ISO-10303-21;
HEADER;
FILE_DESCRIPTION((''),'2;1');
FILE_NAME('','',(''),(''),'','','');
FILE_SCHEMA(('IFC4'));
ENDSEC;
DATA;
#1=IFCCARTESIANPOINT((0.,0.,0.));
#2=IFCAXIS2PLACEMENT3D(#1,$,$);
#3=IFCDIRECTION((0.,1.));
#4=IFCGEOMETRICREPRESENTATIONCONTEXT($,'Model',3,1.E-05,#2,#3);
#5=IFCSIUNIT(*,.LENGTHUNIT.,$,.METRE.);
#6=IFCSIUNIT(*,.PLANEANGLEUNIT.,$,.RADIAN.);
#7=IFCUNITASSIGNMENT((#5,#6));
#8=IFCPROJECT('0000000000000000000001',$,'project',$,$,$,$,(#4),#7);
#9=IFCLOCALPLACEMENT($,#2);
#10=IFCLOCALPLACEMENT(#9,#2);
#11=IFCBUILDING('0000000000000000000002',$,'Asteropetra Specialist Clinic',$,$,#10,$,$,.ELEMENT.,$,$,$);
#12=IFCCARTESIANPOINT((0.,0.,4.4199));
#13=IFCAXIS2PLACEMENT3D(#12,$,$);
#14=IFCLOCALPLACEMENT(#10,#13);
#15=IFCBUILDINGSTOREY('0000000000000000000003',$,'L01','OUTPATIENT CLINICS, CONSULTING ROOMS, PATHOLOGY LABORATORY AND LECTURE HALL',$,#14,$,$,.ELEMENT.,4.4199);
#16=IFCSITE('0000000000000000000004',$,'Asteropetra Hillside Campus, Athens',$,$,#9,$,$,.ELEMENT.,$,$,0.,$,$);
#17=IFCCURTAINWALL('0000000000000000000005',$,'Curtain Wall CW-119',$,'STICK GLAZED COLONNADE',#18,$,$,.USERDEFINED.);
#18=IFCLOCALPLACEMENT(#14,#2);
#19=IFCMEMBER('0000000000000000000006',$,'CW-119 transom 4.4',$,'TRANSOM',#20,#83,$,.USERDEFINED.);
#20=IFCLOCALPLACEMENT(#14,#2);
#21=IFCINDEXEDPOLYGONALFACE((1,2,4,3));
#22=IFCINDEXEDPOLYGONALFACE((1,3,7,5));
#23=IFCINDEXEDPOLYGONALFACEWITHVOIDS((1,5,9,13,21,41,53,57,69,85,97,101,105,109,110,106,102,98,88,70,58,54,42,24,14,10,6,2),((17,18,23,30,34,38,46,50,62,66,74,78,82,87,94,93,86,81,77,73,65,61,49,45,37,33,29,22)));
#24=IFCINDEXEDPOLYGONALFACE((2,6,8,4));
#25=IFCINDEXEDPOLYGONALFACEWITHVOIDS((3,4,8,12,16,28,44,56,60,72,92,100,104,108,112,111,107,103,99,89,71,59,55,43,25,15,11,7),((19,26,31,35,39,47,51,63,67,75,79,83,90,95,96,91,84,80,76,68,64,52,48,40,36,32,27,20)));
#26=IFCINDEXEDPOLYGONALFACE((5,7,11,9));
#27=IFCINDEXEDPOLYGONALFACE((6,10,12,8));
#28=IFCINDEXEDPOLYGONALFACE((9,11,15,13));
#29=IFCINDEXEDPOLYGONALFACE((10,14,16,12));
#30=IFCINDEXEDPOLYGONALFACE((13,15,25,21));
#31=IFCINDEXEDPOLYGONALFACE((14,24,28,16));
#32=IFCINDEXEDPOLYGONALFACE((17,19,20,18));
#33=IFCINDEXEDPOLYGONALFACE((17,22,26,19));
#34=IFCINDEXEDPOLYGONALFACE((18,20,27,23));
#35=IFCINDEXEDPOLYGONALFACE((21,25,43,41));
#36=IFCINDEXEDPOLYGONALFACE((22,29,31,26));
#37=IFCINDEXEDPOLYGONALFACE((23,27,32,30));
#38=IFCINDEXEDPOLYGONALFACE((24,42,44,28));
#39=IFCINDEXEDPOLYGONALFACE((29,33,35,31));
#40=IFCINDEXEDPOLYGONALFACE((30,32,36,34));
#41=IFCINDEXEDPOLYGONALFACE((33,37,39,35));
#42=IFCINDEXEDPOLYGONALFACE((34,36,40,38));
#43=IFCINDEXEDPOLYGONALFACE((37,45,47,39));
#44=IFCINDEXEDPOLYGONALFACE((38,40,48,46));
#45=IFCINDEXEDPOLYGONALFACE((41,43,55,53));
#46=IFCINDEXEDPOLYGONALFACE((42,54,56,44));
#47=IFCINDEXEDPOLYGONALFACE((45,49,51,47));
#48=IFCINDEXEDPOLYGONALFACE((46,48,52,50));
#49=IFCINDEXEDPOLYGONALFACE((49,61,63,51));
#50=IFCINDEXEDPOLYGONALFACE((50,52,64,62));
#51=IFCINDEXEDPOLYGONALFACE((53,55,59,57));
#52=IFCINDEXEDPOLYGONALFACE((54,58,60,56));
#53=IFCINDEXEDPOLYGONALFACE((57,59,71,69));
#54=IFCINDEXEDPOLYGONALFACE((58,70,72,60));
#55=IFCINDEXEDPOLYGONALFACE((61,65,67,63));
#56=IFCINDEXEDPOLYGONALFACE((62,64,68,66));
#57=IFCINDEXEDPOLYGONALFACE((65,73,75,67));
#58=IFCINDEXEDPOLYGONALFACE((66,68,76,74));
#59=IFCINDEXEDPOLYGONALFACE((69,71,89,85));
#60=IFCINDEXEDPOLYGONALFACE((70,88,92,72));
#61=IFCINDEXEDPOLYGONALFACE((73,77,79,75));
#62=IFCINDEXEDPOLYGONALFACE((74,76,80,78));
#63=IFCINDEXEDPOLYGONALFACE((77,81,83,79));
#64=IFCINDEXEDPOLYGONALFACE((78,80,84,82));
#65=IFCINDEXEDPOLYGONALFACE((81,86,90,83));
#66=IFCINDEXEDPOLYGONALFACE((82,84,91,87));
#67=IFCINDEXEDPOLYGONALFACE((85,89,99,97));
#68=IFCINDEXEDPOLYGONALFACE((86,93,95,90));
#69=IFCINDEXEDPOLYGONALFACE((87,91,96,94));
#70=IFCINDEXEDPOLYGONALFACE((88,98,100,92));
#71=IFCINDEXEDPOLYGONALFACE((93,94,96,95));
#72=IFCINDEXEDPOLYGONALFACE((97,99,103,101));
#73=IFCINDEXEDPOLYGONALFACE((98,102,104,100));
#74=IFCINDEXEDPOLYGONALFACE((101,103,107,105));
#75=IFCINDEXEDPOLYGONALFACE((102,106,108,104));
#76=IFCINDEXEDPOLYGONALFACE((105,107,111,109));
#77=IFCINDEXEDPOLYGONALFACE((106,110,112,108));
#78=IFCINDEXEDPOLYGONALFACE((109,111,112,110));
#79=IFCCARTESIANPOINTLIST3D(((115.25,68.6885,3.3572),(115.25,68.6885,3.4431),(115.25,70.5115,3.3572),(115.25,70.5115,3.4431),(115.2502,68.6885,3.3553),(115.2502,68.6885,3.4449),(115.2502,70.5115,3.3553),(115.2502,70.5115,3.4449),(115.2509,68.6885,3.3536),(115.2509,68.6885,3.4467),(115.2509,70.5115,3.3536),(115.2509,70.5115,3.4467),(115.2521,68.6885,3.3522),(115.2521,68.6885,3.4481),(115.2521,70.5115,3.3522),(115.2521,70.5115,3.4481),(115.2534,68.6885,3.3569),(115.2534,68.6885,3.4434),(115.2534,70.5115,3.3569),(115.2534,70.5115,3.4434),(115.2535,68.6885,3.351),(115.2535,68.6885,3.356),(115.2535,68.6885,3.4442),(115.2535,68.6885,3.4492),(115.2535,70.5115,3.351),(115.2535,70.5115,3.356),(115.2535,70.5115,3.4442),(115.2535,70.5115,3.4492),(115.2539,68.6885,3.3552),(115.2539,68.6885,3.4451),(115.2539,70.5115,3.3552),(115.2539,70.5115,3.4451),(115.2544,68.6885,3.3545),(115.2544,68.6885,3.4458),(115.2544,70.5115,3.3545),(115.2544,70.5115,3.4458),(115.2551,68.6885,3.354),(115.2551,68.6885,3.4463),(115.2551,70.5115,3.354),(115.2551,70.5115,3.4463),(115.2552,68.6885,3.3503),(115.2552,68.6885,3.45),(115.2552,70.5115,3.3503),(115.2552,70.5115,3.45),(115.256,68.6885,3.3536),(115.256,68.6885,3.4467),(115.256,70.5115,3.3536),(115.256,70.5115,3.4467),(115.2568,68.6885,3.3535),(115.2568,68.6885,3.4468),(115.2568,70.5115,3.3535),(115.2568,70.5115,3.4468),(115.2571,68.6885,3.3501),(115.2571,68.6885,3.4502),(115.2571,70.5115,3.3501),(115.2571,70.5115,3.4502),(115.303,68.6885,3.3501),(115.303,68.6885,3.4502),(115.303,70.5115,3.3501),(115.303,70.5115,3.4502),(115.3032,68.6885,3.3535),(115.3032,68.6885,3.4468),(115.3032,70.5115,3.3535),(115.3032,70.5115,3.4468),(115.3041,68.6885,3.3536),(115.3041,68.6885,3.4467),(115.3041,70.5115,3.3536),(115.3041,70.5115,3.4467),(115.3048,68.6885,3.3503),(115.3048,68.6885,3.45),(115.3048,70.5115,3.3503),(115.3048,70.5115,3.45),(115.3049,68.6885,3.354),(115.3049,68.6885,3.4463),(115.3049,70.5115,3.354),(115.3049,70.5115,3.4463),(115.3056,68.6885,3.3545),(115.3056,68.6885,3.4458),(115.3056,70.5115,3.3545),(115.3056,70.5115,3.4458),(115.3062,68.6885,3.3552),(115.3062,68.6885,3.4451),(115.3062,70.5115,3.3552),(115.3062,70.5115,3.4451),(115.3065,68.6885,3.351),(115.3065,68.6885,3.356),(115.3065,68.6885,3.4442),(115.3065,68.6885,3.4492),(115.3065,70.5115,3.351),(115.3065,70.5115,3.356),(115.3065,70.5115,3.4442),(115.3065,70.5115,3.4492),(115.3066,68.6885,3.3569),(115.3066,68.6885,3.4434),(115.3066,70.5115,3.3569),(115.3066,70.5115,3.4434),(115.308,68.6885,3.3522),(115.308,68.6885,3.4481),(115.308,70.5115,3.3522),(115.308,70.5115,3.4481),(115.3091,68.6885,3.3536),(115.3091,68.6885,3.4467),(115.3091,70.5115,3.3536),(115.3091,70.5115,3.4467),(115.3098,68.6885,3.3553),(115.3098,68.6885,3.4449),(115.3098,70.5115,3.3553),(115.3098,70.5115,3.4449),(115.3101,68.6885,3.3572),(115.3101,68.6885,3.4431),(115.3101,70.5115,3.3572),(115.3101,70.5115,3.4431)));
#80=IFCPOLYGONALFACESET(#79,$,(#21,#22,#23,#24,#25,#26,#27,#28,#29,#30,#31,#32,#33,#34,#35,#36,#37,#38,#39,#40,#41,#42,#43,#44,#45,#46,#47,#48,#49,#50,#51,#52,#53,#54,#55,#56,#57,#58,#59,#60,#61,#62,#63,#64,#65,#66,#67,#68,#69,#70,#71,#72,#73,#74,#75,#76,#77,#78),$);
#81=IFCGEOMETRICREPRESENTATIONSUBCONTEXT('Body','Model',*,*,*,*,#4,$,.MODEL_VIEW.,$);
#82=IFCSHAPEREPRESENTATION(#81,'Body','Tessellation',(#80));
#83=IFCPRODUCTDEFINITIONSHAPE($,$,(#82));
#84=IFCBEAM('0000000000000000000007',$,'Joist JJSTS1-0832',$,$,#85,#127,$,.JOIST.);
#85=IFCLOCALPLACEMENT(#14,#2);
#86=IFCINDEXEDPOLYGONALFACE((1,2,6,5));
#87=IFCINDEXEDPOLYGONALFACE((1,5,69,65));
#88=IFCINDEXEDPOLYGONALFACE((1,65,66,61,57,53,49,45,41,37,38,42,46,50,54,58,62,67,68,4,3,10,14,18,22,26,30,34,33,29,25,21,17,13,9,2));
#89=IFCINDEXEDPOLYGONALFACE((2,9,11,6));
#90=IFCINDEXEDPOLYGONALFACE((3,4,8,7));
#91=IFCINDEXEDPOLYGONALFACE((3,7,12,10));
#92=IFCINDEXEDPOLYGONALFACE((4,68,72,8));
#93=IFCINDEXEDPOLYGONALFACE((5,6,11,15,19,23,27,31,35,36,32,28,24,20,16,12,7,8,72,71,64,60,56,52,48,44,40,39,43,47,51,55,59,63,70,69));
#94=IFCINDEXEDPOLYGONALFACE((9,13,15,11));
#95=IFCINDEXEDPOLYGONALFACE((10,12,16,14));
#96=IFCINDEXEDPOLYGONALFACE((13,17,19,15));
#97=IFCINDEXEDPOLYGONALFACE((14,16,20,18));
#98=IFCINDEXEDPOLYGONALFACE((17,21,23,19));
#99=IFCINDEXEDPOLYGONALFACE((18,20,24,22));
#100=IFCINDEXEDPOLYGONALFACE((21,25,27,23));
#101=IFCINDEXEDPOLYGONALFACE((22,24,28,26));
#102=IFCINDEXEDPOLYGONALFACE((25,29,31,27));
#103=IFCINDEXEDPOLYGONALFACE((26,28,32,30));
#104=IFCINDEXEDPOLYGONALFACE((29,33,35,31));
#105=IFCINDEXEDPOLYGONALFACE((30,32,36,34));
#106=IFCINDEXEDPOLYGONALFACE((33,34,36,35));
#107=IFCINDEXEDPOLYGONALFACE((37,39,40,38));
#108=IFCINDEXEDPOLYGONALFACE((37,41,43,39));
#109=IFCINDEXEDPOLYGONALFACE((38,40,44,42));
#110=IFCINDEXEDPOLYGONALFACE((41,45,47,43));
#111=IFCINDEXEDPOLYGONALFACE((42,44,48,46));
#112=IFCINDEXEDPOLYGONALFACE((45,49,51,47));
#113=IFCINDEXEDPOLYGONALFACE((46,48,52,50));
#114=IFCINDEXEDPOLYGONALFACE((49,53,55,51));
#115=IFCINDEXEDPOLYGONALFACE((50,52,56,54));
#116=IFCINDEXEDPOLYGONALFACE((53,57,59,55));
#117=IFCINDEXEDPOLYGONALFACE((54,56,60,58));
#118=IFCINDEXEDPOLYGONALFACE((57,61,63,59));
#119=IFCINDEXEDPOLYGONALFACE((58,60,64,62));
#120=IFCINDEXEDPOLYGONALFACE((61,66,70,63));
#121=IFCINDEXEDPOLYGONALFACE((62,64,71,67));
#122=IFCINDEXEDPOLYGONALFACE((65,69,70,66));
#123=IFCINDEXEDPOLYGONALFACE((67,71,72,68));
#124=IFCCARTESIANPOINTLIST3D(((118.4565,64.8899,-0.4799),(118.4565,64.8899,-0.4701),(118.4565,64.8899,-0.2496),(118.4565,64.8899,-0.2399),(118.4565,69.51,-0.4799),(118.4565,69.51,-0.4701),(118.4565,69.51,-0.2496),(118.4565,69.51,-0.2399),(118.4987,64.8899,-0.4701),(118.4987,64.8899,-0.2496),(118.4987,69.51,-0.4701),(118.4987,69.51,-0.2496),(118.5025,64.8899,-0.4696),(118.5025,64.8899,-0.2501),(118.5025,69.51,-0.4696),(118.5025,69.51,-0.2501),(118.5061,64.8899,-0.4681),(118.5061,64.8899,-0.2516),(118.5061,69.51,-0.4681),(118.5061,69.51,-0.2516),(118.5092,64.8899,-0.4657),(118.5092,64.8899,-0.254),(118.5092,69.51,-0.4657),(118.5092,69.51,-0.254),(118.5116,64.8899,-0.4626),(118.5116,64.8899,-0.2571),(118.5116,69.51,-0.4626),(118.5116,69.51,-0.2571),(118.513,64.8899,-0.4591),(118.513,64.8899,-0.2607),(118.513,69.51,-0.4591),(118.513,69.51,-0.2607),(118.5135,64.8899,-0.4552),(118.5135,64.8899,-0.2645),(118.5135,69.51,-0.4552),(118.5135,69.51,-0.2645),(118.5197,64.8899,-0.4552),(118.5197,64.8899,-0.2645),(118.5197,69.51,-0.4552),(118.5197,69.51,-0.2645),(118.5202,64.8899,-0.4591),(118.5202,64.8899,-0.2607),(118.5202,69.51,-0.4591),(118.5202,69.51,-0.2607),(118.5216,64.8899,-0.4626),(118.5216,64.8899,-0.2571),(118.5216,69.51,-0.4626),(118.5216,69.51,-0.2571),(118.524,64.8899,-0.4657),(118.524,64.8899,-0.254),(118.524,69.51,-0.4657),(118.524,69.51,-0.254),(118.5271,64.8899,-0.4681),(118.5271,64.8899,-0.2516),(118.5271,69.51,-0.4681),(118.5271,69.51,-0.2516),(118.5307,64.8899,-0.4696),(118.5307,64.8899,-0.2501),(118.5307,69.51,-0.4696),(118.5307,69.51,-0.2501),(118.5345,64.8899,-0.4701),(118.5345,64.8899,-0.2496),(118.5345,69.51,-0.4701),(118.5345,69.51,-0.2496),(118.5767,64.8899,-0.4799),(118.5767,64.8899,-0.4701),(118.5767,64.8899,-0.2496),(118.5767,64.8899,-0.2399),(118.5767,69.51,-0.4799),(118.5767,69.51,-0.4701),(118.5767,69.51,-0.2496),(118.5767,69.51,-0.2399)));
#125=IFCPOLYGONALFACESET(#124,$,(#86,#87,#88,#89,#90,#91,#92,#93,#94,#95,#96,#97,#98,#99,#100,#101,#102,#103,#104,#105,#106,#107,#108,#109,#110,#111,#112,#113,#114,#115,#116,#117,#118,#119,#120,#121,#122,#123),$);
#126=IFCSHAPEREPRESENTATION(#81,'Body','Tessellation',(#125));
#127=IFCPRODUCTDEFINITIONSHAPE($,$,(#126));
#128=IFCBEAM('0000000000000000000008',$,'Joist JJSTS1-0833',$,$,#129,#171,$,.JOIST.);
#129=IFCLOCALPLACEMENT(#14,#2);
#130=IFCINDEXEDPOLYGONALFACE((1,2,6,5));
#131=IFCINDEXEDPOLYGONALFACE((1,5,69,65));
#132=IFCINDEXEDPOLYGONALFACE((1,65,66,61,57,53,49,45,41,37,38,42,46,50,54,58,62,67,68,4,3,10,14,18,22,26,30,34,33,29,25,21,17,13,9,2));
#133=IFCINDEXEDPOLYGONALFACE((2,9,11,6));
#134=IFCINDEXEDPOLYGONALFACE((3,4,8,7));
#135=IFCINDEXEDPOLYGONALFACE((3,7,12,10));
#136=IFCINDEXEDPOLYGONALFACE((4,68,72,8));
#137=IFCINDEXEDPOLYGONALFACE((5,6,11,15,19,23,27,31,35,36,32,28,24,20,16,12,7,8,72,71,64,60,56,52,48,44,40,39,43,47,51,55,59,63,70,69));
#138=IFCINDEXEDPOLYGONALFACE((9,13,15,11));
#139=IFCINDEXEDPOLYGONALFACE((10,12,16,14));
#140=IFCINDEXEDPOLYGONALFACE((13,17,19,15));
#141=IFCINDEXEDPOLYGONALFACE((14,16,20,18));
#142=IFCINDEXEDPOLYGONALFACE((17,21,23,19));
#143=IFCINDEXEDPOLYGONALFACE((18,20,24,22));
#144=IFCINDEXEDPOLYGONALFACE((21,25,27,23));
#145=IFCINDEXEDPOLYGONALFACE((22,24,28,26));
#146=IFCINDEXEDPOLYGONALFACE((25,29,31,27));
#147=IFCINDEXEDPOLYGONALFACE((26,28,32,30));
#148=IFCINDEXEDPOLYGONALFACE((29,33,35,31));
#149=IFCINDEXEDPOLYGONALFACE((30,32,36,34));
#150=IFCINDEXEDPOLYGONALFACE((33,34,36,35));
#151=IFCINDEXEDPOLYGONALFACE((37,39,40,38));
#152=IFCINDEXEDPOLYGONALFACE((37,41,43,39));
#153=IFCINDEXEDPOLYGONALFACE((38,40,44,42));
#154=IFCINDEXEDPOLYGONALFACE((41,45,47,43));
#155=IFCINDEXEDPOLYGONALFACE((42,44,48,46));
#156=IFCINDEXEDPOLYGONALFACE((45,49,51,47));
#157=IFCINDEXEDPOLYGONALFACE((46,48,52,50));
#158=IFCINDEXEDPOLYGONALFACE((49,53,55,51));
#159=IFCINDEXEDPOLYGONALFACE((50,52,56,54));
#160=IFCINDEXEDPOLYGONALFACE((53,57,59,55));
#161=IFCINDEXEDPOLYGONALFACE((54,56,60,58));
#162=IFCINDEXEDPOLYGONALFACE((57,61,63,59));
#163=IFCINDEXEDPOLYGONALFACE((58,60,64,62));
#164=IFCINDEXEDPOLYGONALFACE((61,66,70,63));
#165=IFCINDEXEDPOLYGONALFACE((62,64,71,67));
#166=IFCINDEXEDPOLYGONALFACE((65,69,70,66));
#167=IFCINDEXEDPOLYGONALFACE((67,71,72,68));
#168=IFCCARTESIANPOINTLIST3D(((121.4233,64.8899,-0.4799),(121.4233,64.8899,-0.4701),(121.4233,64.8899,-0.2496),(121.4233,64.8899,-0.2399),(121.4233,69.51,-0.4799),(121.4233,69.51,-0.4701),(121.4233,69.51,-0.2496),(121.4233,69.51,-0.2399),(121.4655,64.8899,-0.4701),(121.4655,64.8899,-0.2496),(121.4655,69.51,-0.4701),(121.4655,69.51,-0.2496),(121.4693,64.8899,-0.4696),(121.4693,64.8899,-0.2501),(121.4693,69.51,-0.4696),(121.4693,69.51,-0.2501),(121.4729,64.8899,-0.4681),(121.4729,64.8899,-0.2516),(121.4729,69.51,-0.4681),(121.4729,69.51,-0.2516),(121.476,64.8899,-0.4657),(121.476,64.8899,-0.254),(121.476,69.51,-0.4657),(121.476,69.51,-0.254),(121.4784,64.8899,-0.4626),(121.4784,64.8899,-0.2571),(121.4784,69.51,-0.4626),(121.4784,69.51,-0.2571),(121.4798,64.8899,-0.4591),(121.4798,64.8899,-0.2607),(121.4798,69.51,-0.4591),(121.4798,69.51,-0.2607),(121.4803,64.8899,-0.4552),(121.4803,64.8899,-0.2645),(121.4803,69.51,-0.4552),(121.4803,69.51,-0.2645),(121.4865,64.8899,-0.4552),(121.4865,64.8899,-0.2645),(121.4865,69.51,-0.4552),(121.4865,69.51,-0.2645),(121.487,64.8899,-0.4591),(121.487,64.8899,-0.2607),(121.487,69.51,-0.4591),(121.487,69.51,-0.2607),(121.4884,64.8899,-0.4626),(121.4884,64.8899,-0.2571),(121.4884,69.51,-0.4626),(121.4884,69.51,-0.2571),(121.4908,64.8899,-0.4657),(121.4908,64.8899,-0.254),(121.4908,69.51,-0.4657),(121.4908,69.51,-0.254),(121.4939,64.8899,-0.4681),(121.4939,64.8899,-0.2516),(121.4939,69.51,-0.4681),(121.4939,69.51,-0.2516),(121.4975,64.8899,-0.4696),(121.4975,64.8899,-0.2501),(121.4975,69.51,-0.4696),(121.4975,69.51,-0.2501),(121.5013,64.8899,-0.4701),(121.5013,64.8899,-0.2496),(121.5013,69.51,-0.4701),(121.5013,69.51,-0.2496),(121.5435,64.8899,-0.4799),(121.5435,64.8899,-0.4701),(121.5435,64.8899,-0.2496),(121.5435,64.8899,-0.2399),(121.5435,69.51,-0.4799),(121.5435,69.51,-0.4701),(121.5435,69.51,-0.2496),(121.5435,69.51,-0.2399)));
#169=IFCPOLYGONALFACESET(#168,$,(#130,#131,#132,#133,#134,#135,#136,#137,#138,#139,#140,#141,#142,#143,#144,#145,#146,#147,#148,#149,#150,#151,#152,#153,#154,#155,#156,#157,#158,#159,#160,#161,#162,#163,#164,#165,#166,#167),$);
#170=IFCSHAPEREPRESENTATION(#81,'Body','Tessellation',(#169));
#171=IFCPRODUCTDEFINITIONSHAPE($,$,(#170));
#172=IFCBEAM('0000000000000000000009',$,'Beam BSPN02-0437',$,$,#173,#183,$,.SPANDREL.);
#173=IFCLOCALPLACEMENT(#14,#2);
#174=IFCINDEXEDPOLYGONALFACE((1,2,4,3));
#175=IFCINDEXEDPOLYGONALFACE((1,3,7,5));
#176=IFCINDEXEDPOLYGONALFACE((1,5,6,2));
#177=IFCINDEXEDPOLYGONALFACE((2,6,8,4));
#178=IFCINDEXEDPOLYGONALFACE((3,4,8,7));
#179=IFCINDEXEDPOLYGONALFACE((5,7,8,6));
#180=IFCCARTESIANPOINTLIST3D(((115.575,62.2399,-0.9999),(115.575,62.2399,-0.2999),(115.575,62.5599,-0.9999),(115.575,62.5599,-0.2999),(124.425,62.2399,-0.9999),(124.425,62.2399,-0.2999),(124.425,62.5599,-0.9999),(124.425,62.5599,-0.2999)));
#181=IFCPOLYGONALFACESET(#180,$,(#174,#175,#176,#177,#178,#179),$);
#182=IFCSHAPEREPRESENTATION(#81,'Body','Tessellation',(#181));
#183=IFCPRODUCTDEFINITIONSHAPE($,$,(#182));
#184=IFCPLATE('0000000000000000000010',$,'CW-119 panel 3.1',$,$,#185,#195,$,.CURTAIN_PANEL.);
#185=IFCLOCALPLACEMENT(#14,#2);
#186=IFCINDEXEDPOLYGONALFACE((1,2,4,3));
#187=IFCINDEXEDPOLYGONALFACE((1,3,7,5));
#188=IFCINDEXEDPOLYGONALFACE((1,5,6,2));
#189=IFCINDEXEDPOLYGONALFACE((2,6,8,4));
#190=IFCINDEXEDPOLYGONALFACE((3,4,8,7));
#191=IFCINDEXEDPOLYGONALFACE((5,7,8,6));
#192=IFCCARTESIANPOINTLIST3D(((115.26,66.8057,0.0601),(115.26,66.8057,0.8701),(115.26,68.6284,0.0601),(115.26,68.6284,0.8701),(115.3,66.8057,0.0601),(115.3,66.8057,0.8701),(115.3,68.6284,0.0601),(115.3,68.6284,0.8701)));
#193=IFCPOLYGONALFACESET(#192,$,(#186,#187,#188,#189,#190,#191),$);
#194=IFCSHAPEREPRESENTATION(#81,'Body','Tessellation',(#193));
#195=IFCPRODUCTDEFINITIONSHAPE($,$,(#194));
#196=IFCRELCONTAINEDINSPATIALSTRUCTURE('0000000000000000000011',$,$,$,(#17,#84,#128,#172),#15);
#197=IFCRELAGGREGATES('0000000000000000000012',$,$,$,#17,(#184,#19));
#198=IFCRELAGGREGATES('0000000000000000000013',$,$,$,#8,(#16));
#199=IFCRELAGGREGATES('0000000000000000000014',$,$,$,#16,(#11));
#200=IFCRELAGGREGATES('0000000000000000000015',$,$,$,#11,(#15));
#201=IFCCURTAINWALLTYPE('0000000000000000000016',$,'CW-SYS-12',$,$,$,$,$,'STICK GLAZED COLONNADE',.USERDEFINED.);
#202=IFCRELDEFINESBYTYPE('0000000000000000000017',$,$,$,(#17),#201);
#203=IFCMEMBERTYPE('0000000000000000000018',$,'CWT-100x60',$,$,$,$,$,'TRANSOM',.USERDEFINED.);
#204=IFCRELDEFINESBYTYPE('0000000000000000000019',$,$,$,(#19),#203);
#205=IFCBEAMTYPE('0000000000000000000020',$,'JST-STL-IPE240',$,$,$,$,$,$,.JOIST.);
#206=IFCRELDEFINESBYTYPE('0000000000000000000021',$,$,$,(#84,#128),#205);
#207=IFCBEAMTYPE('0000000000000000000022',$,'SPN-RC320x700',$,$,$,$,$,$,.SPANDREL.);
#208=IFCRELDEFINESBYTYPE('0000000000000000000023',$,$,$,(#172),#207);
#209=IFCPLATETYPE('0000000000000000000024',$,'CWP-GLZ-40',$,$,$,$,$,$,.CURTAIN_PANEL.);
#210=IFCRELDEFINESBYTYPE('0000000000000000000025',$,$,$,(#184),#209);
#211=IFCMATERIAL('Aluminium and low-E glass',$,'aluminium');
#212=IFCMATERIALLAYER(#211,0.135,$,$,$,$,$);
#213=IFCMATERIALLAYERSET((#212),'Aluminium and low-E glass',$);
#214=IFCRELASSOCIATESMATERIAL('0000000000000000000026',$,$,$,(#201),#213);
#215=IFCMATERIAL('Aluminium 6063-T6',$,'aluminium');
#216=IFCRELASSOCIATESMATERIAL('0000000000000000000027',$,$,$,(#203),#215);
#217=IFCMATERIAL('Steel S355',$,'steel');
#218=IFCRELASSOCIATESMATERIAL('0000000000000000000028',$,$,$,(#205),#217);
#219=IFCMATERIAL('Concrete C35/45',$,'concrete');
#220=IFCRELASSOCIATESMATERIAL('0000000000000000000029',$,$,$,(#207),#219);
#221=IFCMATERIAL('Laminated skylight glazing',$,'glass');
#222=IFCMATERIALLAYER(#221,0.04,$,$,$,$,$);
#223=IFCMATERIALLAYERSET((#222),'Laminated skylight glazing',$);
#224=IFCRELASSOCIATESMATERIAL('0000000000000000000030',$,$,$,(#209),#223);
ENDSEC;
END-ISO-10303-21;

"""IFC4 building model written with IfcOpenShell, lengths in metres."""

from ifc_helpers import new_model, si_unit, direction, frame, origin, origin_2d, place, context, subcontext, project, spatial, rectangle, hollow_rectangle, i_section, extrude, material, layer, layer_set, material_profile, profile_set, type_object, element, aggregate, save


model = new_model("IFC4")

# Units and contexts
model_context = context("Model", 3, precision=1e-05, world=origin(), true_north=direction((0.0, 1.0)))
body_context = subcontext(model_context, "Body", "Model", "MODEL_VIEW")
ifc_project = project(units=[si_unit("LENGTHUNIT", "METRE"), si_unit("PLANEANGLEUNIT", "RADIAN")], contexts=[model_context])

# Site, building, storey
site_placement = place(None, origin())
site = spatial("IfcSite", under=ifc_project, at=site_placement, Name="Asteropetra Hillside Campus, Athens", CompositionType="ELEMENT", RefElevation=0.0)
building_placement = place(site_placement, origin())
building = spatial("IfcBuilding", under=site, at=building_placement, Name="Asteropetra Specialist Clinic", CompositionType="ELEMENT")
storey_placement = place(building_placement, frame((0.0, 0.0, 4.4199)))
storey = spatial("IfcBuildingStorey", under=building, at=storey_placement, Name="L01", Description="OUTPATIENT CLINICS, CONSULTING ROOMS, PATHOLOGY LABORATORY AND LECTURE HALL", CompositionType="ELEMENT", Elevation=4.4199)

# Curtain wall, member
ifc_material_1 = material(Name="Aluminium and low-E glass", Category="aluminium")
ifc_layer_1 = layer(ifc_material_1, 0.135)
ifc_layer_set_1 = layer_set([ifc_layer_1], Name="Aluminium and low-E glass")
curtain_wall_type = type_object("IfcCurtainWallType", Name="CW-SYS-12", ElementType="STICK GLAZED COLONNADE", PredefinedType="USERDEFINED", material=ifc_layer_set_1)
curtain_wall_placement = place(storey_placement, origin())
curtain_wall = element("IfcCurtainWall", 1, at=curtain_wall_placement, inside=storey, type_object=curtain_wall_type, Name="Curtain Wall CW-119", ObjectType="STICK GLAZED COLONNADE", PredefinedType="USERDEFINED")
ifc_material_2 = material(Name="Aluminium 6063-T6", Category="aluminium")
ifc_material_profile_1 = material_profile(ifc_material_2, hollow_rectangle(XDim=0.0601, YDim=0.1001, WallThickness=0.0034, InnerFilletRadius=0.0034, OuterFilletRadius=0.0071, at=origin_2d()), Name="TRN 100x60x3.5")
ifc_profile_set_1 = profile_set([ifc_material_profile_1], Name="Aluminium 6063-T6")
member_type_1 = type_object("IfcMemberType", Name="CWT-100x60", ElementType="TRANSOM", PredefinedType="USERDEFINED", material=ifc_profile_set_1)
member_1_placement = place(storey_placement, frame((115.28, 68.6885, 3.4001), z_axis=(0.0, 1.0, 0.0), x_axis=(-1.0, 0.0, 0.0)))
member_1 = element("IfcMember", 2, at=member_1_placement, type_object=member_type_1, Name="CW-119 transom 4.4", ObjectType="TRANSOM", PredefinedType="USERDEFINED", context=body_context, shape_type="SweptSolid", body=[
    extrude(hollow_rectangle(XDim=0.0601, YDim=0.1001, WallThickness=0.0034, InnerFilletRadius=0.0034, OuterFilletRadius=0.0071, at=origin_2d()), origin(), (0.0, 0.0, 1.0), 1.823),
])

# Beams
ifc_material_3 = material(Name="Steel S355", Category="steel")
ifc_material_profile_2 = material_profile(ifc_material_3, i_section(OverallWidth=0.1201, OverallDepth=0.24, WebThickness=0.0061, FlangeThickness=0.0098, FilletRadius=0.0149, at=origin_2d()), Name="IPE 240")
ifc_profile_set_2 = profile_set([ifc_material_profile_2], Name="Steel S355")
beam_type_1 = type_object("IfcBeamType", Name="JST-STL-IPE240", PredefinedType="JOIST", material=ifc_profile_set_2)
for number, where, z_axis, x_axis, name in (
    (3, (118.5166, 64.8899, -0.3599), (0.0, 1.0, 0.0), (-1.0, 0.0, 0.0), "Joist JJSTS1-0832"),
    (4, (121.4834, 64.8899, -0.3599), (0.0, 1.0, 0.0), (-1.0, 0.0, 0.0), "Joist JJSTS1-0833"),
):
    element("IfcBeam", number, at=place(storey_placement, frame(where, z_axis=z_axis, x_axis=x_axis)), inside=storey, type_object=beam_type_1, Name=name, PredefinedType="JOIST", context=body_context, shape_type="SweptSolid", body=[
        extrude(i_section(OverallWidth=0.1201, OverallDepth=0.24, WebThickness=0.0061, FlangeThickness=0.0098, FilletRadius=0.0149, at=origin_2d()), origin(), (0.0, 0.0, 1.0), 4.6201),
    ])
ifc_material_4 = material(Name="Concrete C35/45", Category="concrete")
ifc_material_profile_3 = material_profile(ifc_material_4, rectangle(XDim=0.3201, YDim=0.7, at=origin_2d()), Name="RCS 320x700")
ifc_profile_set_3 = profile_set([ifc_material_profile_3], Name="Concrete C35/45")
beam_type_2 = type_object("IfcBeamType", Name="SPN-RC320x700", PredefinedType="SPANDREL", material=ifc_profile_set_3)
beam_1_placement = place(storey_placement, frame((115.575, 62.3999, -0.6499), z_axis=(1.0, 0.0, 0.0), x_axis=(0.0, 1.0, 0.0)))
element("IfcBeam", 5, at=beam_1_placement, inside=storey, type_object=beam_type_2, Name="Beam BSPN02-0437", PredefinedType="SPANDREL", context=body_context, shape_type="SweptSolid", body=[
    extrude(rectangle(XDim=0.3201, YDim=0.7, at=origin_2d()), origin(), (0.0, 0.0, 1.0), 8.8501),
])

# Plate
ifc_material_5 = material(Name="Laminated skylight glazing", Category="glass")
ifc_layer_2 = layer(ifc_material_5, 0.04)
ifc_layer_set_2 = layer_set([ifc_layer_2], Name="Laminated skylight glazing")
plate_type = type_object("IfcPlateType", Name="CWP-GLZ-40", PredefinedType="CURTAIN_PANEL", material=ifc_layer_set_2)
plate_1_placement = place(storey_placement, frame((115.28, 67.717, 0.0601), z_axis=(0.0, 0.0, 1.0), x_axis=(0.0, 1.0, 0.0)))
plate_1 = element("IfcPlate", 6, at=plate_1_placement, type_object=plate_type, Name="CW-119 panel 3.1", PredefinedType="CURTAIN_PANEL", context=body_context, shape_type="SweptSolid", body=[
    extrude(rectangle(XDim=1.8228, YDim=0.04, at=origin_2d()), origin(), (0.0, 0.0, 1.0), 0.8101),
])
aggregate(curtain_wall, [plate_1, member_1])

save(model, "model.ifc")
